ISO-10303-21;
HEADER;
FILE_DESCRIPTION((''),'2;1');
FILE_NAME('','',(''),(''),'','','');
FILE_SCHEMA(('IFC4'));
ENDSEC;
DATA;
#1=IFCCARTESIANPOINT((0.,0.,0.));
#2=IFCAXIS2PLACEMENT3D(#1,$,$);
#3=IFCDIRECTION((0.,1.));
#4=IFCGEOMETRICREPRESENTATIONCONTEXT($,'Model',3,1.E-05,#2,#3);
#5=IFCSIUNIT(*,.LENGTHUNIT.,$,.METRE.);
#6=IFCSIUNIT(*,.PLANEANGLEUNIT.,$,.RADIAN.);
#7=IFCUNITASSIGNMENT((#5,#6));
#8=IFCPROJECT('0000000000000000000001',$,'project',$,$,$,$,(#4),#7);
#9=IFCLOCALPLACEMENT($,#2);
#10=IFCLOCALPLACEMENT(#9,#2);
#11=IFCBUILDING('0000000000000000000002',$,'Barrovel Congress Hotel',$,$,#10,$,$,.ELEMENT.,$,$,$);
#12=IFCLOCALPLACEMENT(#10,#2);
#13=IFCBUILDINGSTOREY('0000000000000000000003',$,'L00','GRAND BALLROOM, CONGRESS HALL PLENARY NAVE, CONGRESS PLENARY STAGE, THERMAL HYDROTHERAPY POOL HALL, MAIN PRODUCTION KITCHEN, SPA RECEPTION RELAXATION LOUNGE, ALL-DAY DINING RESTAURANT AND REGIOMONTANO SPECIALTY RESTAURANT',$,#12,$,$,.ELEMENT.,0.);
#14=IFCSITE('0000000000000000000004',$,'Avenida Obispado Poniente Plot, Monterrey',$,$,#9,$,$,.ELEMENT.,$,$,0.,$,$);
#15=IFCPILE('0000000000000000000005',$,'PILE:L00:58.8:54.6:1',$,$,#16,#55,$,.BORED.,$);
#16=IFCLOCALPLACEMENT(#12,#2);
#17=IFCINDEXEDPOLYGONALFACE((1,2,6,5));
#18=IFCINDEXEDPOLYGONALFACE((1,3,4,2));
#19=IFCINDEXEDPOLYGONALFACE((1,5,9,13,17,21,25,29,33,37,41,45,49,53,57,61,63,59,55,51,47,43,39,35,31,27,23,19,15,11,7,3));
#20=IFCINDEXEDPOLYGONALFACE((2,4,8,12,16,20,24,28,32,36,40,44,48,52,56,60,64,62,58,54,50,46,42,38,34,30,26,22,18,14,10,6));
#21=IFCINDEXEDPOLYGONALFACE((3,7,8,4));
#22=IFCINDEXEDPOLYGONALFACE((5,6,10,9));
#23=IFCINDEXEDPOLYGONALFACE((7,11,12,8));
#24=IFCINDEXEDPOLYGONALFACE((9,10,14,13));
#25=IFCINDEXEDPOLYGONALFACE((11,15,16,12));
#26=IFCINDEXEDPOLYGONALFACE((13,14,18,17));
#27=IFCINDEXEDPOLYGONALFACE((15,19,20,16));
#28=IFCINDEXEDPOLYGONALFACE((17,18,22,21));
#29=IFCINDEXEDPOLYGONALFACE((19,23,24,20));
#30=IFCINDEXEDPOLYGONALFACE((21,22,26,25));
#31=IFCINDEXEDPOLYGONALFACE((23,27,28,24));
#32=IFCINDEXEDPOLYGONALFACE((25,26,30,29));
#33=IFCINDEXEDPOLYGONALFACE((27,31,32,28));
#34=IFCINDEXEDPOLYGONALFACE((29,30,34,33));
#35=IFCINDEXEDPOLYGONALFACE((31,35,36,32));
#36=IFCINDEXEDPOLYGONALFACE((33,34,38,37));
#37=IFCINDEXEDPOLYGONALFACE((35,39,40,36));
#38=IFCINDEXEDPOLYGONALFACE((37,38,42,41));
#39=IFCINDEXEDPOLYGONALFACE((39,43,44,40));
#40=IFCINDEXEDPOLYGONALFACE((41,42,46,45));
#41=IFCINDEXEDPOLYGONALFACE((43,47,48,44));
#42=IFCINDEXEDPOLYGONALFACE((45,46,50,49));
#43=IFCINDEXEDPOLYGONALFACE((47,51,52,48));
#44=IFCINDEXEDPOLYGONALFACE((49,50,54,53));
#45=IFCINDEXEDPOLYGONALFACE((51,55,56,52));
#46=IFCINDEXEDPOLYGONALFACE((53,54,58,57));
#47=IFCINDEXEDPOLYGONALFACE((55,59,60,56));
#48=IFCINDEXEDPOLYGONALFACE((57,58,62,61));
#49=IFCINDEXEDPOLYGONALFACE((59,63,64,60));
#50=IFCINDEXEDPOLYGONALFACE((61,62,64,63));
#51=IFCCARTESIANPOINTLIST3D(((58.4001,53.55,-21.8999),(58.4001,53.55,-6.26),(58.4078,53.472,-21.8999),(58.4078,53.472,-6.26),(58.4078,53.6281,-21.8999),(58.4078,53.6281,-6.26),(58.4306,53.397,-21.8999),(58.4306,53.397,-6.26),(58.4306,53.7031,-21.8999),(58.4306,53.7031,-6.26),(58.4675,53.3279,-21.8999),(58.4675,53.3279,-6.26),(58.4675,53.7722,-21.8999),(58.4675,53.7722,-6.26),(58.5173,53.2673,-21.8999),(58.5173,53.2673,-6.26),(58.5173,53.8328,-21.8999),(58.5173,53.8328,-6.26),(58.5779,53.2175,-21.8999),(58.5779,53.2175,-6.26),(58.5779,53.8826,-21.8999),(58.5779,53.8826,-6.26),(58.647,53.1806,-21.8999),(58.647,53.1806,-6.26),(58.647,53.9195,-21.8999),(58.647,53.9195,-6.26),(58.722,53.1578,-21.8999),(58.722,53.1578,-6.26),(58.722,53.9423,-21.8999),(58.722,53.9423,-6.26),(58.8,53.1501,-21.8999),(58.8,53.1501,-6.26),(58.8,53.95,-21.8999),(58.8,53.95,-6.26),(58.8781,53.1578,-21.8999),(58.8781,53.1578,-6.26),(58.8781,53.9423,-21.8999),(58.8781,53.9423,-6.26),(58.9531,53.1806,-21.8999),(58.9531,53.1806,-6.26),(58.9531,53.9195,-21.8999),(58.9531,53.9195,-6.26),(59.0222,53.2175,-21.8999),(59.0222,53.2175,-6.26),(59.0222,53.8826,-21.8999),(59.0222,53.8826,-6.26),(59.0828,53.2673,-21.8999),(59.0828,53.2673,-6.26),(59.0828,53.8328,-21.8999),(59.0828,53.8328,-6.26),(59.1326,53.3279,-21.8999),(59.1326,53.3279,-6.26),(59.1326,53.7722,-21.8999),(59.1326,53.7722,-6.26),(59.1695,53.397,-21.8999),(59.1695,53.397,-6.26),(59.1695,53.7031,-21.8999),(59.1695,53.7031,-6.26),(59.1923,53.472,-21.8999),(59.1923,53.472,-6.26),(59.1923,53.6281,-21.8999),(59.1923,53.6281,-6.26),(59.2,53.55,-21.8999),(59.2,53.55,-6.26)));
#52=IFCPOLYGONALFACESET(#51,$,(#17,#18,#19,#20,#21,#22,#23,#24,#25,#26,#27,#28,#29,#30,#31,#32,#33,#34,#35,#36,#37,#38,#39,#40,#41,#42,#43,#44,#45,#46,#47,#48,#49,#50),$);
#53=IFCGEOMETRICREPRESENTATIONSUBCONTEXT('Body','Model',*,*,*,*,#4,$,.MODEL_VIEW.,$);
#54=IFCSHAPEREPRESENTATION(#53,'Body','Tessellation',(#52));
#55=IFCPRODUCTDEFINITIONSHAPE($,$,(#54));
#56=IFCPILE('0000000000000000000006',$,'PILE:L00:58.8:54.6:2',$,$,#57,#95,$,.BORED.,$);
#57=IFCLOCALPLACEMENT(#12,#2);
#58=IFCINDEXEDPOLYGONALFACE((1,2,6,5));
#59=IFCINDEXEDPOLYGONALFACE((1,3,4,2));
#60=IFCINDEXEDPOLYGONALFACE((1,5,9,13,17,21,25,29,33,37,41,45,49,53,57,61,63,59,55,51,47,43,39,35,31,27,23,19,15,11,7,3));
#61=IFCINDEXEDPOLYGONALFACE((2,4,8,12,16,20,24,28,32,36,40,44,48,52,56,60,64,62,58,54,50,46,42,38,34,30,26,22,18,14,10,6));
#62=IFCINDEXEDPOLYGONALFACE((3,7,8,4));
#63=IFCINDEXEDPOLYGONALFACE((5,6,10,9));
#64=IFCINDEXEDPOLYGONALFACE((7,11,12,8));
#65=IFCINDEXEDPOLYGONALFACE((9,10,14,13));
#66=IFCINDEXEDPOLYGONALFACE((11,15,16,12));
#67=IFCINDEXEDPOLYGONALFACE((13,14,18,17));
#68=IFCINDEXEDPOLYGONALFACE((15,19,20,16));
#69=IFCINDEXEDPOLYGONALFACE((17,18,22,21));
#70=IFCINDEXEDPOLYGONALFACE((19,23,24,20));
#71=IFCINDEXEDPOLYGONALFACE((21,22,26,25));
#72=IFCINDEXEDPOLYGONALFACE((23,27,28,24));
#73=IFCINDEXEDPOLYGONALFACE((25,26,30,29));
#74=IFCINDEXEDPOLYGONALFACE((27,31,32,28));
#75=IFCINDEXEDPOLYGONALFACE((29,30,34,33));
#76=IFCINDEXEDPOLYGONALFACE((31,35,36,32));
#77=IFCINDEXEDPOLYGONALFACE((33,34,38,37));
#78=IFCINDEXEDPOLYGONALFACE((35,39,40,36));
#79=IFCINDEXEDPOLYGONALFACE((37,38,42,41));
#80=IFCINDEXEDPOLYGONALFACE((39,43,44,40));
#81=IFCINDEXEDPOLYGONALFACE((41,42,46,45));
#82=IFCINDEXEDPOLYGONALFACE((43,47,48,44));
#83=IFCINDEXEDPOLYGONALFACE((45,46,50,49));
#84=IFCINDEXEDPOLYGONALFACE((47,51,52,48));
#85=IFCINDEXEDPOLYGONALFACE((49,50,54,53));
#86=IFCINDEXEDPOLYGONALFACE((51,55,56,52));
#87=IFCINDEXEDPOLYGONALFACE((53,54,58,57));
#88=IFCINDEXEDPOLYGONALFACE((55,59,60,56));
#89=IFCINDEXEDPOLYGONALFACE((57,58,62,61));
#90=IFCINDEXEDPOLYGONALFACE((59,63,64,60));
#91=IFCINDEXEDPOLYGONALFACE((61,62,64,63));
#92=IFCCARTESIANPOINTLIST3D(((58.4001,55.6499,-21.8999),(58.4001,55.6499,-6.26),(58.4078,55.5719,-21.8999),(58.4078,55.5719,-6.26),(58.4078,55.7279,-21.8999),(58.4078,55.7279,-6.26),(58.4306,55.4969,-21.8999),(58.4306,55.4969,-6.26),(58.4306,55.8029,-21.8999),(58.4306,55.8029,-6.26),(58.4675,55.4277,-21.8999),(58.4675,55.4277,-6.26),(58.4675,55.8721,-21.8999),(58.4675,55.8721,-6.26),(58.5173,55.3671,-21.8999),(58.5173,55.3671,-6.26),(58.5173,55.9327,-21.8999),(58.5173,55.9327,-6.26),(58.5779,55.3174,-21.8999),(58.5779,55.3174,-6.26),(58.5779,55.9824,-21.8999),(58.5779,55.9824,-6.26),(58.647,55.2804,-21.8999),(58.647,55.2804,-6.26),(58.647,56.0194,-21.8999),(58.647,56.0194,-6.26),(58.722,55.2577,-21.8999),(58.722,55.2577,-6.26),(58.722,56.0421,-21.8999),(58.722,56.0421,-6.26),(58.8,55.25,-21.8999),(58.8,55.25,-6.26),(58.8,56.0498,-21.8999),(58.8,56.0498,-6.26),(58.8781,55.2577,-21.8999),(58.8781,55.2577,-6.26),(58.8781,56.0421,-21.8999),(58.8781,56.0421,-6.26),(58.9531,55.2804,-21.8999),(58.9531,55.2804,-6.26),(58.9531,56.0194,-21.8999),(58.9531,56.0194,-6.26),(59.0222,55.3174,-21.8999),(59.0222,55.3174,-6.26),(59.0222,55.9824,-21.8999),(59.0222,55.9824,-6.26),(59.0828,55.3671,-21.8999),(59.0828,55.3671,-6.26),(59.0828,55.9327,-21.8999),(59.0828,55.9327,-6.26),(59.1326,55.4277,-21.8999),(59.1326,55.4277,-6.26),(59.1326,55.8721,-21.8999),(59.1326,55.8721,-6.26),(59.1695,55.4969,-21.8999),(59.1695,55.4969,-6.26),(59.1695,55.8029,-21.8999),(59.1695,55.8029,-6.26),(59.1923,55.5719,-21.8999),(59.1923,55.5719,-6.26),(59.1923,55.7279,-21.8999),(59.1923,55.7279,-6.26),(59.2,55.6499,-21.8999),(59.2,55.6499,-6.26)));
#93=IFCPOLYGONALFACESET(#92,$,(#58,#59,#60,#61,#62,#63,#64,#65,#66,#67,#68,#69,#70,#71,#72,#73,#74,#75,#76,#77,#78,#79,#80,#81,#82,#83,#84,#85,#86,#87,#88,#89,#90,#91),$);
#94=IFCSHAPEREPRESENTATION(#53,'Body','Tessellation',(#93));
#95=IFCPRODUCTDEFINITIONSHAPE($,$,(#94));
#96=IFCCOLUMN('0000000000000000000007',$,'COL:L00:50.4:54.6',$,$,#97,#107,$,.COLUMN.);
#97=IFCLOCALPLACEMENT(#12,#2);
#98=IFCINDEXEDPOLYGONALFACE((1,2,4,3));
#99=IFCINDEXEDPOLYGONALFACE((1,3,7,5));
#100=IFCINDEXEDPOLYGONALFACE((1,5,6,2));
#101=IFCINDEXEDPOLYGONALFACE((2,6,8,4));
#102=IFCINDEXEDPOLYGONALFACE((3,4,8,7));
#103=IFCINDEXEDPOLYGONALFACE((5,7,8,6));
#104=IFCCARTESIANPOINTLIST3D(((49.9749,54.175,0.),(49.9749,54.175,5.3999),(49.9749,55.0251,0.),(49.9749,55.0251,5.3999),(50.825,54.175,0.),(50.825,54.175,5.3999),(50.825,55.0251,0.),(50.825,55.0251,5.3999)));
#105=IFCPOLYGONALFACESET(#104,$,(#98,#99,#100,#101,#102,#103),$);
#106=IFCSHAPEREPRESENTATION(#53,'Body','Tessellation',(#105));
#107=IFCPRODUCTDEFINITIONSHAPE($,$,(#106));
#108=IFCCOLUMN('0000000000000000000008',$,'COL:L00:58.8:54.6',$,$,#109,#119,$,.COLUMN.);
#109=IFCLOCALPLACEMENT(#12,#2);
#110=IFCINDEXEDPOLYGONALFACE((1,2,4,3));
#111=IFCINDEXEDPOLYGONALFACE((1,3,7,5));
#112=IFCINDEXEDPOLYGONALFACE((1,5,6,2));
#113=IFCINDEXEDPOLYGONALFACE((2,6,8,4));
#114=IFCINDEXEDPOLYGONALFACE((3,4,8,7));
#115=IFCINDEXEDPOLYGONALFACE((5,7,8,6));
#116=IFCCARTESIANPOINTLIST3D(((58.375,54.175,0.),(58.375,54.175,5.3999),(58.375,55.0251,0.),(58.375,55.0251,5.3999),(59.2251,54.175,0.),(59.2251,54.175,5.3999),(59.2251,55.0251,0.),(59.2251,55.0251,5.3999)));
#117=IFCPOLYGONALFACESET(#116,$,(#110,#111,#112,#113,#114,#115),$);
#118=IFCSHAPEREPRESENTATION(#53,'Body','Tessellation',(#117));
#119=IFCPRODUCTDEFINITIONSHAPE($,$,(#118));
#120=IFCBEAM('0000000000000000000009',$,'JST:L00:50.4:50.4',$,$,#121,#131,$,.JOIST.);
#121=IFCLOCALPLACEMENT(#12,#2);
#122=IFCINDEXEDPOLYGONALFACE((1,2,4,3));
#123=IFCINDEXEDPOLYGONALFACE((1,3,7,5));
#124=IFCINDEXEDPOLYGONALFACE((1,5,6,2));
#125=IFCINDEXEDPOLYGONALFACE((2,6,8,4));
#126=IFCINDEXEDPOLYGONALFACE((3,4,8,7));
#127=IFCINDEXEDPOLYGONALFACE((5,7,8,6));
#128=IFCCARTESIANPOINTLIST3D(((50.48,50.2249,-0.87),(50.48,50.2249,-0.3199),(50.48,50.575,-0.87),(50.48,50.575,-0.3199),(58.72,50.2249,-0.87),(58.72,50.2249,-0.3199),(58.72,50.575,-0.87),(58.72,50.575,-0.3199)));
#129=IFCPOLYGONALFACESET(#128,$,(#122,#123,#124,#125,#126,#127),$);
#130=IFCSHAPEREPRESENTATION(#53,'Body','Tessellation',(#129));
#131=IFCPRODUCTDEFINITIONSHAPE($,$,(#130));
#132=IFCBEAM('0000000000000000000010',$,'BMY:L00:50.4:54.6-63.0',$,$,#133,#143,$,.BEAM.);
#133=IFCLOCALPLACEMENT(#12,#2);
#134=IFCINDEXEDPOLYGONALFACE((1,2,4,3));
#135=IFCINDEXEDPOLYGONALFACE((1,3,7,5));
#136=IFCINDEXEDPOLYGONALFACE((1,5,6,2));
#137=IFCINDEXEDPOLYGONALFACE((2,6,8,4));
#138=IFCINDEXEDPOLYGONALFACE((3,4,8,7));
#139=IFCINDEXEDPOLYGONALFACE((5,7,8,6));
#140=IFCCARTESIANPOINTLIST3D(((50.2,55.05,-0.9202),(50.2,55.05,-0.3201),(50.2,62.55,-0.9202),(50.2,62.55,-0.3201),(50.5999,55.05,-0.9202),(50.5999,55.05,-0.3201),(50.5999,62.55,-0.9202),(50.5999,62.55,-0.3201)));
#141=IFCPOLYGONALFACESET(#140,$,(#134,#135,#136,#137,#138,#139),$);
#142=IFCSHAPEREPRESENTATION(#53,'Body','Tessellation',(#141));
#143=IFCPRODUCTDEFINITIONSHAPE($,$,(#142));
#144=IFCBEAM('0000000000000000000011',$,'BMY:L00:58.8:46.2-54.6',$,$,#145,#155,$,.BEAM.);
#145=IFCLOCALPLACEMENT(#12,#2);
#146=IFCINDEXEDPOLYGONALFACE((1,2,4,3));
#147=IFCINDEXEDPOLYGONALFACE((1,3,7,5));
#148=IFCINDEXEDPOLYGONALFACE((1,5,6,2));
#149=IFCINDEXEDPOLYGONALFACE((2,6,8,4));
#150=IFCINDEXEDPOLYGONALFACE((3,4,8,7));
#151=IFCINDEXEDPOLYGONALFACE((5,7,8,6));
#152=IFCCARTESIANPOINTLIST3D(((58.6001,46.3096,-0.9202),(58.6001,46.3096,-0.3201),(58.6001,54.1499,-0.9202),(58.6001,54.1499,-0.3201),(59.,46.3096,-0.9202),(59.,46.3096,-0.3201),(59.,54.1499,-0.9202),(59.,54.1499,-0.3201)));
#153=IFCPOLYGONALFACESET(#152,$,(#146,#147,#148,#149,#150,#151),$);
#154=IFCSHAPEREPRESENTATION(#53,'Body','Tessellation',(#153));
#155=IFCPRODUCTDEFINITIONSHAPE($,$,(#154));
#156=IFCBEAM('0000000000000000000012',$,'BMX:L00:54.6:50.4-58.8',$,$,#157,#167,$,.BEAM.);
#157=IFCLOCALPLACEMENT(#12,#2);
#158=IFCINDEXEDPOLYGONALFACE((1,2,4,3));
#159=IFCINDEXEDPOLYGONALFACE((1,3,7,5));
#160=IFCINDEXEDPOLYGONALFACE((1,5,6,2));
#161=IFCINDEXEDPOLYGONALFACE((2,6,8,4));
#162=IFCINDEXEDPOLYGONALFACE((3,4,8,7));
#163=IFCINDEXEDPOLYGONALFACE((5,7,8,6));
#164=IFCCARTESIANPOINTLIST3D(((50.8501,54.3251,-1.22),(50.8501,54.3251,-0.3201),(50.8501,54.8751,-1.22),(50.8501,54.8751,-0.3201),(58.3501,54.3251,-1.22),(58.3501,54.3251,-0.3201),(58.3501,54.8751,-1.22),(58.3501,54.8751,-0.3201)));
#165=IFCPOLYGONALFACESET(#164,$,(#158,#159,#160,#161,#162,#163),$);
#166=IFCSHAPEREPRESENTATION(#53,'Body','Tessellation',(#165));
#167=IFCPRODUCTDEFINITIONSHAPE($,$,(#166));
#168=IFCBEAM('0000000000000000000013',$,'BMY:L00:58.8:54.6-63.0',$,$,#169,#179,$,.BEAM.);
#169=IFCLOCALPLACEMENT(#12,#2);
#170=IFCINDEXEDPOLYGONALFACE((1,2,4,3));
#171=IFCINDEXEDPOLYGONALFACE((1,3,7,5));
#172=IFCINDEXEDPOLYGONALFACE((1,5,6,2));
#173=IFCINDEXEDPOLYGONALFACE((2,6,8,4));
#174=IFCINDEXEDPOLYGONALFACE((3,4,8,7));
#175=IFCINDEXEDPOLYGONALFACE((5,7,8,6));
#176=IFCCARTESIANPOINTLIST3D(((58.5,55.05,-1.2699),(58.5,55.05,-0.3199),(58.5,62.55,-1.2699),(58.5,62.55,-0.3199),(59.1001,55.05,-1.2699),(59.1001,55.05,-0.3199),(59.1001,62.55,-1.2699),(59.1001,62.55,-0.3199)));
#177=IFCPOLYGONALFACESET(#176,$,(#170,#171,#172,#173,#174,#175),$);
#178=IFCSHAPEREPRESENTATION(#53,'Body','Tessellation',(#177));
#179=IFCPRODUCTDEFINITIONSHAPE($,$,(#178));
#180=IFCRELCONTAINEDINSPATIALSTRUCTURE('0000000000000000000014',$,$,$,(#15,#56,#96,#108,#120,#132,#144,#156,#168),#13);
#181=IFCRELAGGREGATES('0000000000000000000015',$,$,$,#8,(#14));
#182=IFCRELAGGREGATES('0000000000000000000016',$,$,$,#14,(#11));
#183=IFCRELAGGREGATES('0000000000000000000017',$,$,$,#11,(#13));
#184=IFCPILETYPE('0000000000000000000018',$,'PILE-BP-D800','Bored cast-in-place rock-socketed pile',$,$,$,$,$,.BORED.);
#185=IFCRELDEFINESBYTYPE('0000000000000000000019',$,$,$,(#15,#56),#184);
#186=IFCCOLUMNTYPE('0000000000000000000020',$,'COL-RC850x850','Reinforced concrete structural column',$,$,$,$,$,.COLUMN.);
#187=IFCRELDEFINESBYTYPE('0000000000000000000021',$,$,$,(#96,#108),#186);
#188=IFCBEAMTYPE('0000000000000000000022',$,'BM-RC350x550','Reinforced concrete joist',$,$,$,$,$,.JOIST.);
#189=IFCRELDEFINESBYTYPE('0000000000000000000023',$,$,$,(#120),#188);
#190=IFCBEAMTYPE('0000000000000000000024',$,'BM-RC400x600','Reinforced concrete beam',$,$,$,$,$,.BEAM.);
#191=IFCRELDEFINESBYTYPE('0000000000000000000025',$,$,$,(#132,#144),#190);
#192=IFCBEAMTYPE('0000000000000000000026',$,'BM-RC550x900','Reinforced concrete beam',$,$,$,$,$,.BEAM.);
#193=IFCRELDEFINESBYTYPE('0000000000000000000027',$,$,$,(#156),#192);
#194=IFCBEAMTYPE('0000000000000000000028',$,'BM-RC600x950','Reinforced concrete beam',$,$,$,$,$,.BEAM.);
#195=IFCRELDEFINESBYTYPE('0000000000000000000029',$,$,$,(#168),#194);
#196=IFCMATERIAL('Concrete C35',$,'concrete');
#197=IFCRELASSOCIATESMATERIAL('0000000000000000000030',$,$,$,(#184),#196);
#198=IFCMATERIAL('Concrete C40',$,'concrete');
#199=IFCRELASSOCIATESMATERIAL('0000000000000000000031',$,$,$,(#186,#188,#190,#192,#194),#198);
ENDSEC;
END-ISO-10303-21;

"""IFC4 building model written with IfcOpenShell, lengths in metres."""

from ifc_helpers import new_model, si_unit, direction, frame, origin, origin_2d, place, context, subcontext, project, spatial, rectangle, circle, extrude, material, material_profile, profile_set, type_object, element, save


model = new_model("IFC4")

# Units and contexts
model_context = context("Model", 3, precision=1e-05, world=origin(), true_north=direction((0.0, 1.0)))
body_context = subcontext(model_context, "Body", "Model", "MODEL_VIEW")
ifc_project = project(units=[si_unit("LENGTHUNIT", "METRE"), si_unit("PLANEANGLEUNIT", "RADIAN")], contexts=[model_context])

# Site, building, storey
site_placement = place(None, origin())
site = spatial("IfcSite", under=ifc_project, at=site_placement, Name="Avenida Obispado Poniente Plot, Monterrey", CompositionType="ELEMENT", RefElevation=0.0)
building_placement = place(site_placement, origin())
building = spatial("IfcBuilding", under=site, at=building_placement, Name="Barrovel Congress Hotel", CompositionType="ELEMENT")
storey_placement = place(building_placement, origin())
storey = spatial("IfcBuildingStorey", under=building, at=storey_placement, Name="L00", Description="GRAND BALLROOM, CONGRESS HALL PLENARY NAVE, CONGRESS PLENARY STAGE, THERMAL HYDROTHERAPY POOL HALL, MAIN PRODUCTION KITCHEN, SPA RECEPTION RELAXATION LOUNGE, ALL-DAY DINING RESTAURANT AND REGIOMONTANO SPECIALTY RESTAURANT", CompositionType="ELEMENT", Elevation=0.0)

# Shared definitions
ifc_material_1 = material(Name="Concrete C40", Category="concrete")

# Piles
ifc_material_2 = material(Name="Concrete C35", Category="concrete")
ifc_material_profile_1 = material_profile(ifc_material_2, circle(Radius=0.3999, at=origin_2d()), Name="BP-D800")
ifc_profile_set_1 = profile_set([ifc_material_profile_1], Name="Concrete C35")
pile_type = type_object("IfcPileType", Name="PILE-BP-D800", Description="Bored cast-in-place rock-socketed pile", PredefinedType="BORED", material=ifc_profile_set_1)
for number, where, z_axis, x_axis, name in (
    (1, (58.8, 53.55, -6.26), (0.0, 0.0, -1.0), (1.0, 0.0, 0.0), "PILE:L00:58.8:54.6:1"),
    (2, (58.8, 55.6499, -6.26), (0.0, 0.0, -1.0), (1.0, 0.0, 0.0), "PILE:L00:58.8:54.6:2"),
):
    element("IfcPile", number, at=place(storey_placement, frame(where, z_axis=z_axis, x_axis=x_axis)), inside=storey, type_object=pile_type, Name=name, PredefinedType="BORED", context=body_context, shape_type="SweptSolid", body=[
        extrude(circle(Radius=0.3999, at=origin_2d()), origin(), (0.0, 0.0, 1.0), 15.6399),
    ])

# Columns
ifc_material_profile_2 = material_profile(ifc_material_1, rectangle(XDim=0.8501, YDim=0.8501, at=origin_2d()), Name="RC850x850")
ifc_profile_set_2 = profile_set([ifc_material_profile_2], Name="Concrete C40")
column_type = type_object("IfcColumnType", Name="COL-RC850x850", Description="Reinforced concrete structural column", PredefinedType="COLUMN", material=ifc_profile_set_2)
for number, where, z_axis, x_axis, name in (
    (3, (50.3999, 54.6001, 0.0), (0.0, 0.0, 1.0), (1.0, 0.0, 0.0), "COL:L00:50.4:54.6"),
    (4, (58.8, 54.6001, 0.0), (0.0, 0.0, 1.0), (1.0, 0.0, 0.0), "COL:L00:58.8:54.6"),
):
    element("IfcColumn", number, at=place(storey_placement, frame(where, z_axis=z_axis, x_axis=x_axis)), inside=storey, type_object=column_type, Name=name, PredefinedType="COLUMN", context=body_context, shape_type="SweptSolid", body=[
        extrude(rectangle(XDim=0.8501, YDim=0.8501, at=origin_2d()), origin(), (0.0, 0.0, 1.0), 5.3999),
    ])

# Beams
ifc_material_profile_3 = material_profile(ifc_material_1, rectangle(XDim=0.3501, YDim=0.55, at=origin_2d()), Name="RC350x550")
ifc_profile_set_3 = profile_set([ifc_material_profile_3], Name="Concrete C40")
beam_type_1 = type_object("IfcBeamType", Name="BM-RC350x550", Description="Reinforced concrete joist", PredefinedType="JOIST", material=ifc_profile_set_3)
beam_1_placement = place(storey_placement, frame((50.48, 50.3999, -0.595), z_axis=(1.0, 0.0, 0.0), x_axis=(0.0, 1.0, 0.0)))
element("IfcBeam", 5, at=beam_1_placement, inside=storey, type_object=beam_type_1, Name="JST:L00:50.4:50.4", PredefinedType="JOIST", context=body_context, shape_type="SweptSolid", body=[
    extrude(rectangle(XDim=0.3501, YDim=0.55, at=origin_2d()), origin(), (0.0, 0.0, 1.0), 8.24),
])
ifc_material_profile_4 = material_profile(ifc_material_1, rectangle(XDim=0.3999, YDim=0.6001, at=origin_2d()), Name="RC400x600")
ifc_profile_set_4 = profile_set([ifc_material_profile_4], Name="Concrete C40")
beam_type_2 = type_object("IfcBeamType", Name="BM-RC400x600", Description="Reinforced concrete beam", PredefinedType="BEAM", material=ifc_profile_set_4)
beam_2_placement = place(storey_placement, frame((50.3999, 55.05, -0.6201), z_axis=(0.0, 1.0, 0.0), x_axis=(-1.0, 0.0, 0.0)))
element("IfcBeam", 6, at=beam_2_placement, inside=storey, type_object=beam_type_2, Name="BMY:L00:50.4:54.6-63.0", PredefinedType="BEAM", context=body_context, shape_type="SweptSolid", body=[
    extrude(rectangle(XDim=0.3999, YDim=0.6001, at=origin_2d()), origin(), (0.0, 0.0, 1.0), 7.5),
])
beam_3_placement = place(storey_placement, frame((58.8, 46.3096, -0.6201), z_axis=(0.0, 1.0, 0.0), x_axis=(-1.0, 0.0, 0.0)))
element("IfcBeam", 7, at=beam_3_placement, inside=storey, type_object=beam_type_2, Name="BMY:L00:58.8:46.2-54.6", PredefinedType="BEAM", context=body_context, shape_type="SweptSolid", body=[
    extrude(rectangle(XDim=0.3999, YDim=0.6001, at=origin_2d()), origin(), (0.0, 0.0, 1.0), 7.8403),
])
ifc_material_profile_5 = material_profile(ifc_material_1, rectangle(XDim=0.55, YDim=0.8999, at=origin_2d()), Name="RC550x900")
ifc_profile_set_5 = profile_set([ifc_material_profile_5], Name="Concrete C40")
beam_type_3 = type_object("IfcBeamType", Name="BM-RC550x900", Description="Reinforced concrete beam", PredefinedType="BEAM", material=ifc_profile_set_5)
beam_4_placement = place(storey_placement, frame((50.8501, 54.6001, -0.77), z_axis=(1.0, 0.0, 0.0), x_axis=(0.0, 1.0, 0.0)))
element("IfcBeam", 8, at=beam_4_placement, inside=storey, type_object=beam_type_3, Name="BMX:L00:54.6:50.4-58.8", PredefinedType="BEAM", context=body_context, shape_type="SweptSolid", body=[
    extrude(rectangle(XDim=0.55, YDim=0.8999, at=origin_2d()), origin(), (0.0, 0.0, 1.0), 7.5),
])
ifc_material_profile_6 = material_profile(ifc_material_1, rectangle(XDim=0.6001, YDim=0.95, at=origin_2d()), Name="RC600x950")
ifc_profile_set_6 = profile_set([ifc_material_profile_6], Name="Concrete C40")
beam_type_4 = type_object("IfcBeamType", Name="BM-RC600x950", Description="Reinforced concrete beam", PredefinedType="BEAM", material=ifc_profile_set_6)
beam_5_placement = place(storey_placement, frame((58.8, 55.05, -0.7949), z_axis=(0.0, 1.0, 0.0), x_axis=(-1.0, 0.0, 0.0)))
element("IfcBeam", 9, at=beam_5_placement, inside=storey, type_object=beam_type_4, Name="BMY:L00:58.8:54.6-63.0", PredefinedType="BEAM", context=body_context, shape_type="SweptSolid", body=[
    extrude(rectangle(XDim=0.6001, YDim=0.95, at=origin_2d()), origin(), (0.0, 0.0, 1.0), 7.5),
])

save(model, "model.ifc")
